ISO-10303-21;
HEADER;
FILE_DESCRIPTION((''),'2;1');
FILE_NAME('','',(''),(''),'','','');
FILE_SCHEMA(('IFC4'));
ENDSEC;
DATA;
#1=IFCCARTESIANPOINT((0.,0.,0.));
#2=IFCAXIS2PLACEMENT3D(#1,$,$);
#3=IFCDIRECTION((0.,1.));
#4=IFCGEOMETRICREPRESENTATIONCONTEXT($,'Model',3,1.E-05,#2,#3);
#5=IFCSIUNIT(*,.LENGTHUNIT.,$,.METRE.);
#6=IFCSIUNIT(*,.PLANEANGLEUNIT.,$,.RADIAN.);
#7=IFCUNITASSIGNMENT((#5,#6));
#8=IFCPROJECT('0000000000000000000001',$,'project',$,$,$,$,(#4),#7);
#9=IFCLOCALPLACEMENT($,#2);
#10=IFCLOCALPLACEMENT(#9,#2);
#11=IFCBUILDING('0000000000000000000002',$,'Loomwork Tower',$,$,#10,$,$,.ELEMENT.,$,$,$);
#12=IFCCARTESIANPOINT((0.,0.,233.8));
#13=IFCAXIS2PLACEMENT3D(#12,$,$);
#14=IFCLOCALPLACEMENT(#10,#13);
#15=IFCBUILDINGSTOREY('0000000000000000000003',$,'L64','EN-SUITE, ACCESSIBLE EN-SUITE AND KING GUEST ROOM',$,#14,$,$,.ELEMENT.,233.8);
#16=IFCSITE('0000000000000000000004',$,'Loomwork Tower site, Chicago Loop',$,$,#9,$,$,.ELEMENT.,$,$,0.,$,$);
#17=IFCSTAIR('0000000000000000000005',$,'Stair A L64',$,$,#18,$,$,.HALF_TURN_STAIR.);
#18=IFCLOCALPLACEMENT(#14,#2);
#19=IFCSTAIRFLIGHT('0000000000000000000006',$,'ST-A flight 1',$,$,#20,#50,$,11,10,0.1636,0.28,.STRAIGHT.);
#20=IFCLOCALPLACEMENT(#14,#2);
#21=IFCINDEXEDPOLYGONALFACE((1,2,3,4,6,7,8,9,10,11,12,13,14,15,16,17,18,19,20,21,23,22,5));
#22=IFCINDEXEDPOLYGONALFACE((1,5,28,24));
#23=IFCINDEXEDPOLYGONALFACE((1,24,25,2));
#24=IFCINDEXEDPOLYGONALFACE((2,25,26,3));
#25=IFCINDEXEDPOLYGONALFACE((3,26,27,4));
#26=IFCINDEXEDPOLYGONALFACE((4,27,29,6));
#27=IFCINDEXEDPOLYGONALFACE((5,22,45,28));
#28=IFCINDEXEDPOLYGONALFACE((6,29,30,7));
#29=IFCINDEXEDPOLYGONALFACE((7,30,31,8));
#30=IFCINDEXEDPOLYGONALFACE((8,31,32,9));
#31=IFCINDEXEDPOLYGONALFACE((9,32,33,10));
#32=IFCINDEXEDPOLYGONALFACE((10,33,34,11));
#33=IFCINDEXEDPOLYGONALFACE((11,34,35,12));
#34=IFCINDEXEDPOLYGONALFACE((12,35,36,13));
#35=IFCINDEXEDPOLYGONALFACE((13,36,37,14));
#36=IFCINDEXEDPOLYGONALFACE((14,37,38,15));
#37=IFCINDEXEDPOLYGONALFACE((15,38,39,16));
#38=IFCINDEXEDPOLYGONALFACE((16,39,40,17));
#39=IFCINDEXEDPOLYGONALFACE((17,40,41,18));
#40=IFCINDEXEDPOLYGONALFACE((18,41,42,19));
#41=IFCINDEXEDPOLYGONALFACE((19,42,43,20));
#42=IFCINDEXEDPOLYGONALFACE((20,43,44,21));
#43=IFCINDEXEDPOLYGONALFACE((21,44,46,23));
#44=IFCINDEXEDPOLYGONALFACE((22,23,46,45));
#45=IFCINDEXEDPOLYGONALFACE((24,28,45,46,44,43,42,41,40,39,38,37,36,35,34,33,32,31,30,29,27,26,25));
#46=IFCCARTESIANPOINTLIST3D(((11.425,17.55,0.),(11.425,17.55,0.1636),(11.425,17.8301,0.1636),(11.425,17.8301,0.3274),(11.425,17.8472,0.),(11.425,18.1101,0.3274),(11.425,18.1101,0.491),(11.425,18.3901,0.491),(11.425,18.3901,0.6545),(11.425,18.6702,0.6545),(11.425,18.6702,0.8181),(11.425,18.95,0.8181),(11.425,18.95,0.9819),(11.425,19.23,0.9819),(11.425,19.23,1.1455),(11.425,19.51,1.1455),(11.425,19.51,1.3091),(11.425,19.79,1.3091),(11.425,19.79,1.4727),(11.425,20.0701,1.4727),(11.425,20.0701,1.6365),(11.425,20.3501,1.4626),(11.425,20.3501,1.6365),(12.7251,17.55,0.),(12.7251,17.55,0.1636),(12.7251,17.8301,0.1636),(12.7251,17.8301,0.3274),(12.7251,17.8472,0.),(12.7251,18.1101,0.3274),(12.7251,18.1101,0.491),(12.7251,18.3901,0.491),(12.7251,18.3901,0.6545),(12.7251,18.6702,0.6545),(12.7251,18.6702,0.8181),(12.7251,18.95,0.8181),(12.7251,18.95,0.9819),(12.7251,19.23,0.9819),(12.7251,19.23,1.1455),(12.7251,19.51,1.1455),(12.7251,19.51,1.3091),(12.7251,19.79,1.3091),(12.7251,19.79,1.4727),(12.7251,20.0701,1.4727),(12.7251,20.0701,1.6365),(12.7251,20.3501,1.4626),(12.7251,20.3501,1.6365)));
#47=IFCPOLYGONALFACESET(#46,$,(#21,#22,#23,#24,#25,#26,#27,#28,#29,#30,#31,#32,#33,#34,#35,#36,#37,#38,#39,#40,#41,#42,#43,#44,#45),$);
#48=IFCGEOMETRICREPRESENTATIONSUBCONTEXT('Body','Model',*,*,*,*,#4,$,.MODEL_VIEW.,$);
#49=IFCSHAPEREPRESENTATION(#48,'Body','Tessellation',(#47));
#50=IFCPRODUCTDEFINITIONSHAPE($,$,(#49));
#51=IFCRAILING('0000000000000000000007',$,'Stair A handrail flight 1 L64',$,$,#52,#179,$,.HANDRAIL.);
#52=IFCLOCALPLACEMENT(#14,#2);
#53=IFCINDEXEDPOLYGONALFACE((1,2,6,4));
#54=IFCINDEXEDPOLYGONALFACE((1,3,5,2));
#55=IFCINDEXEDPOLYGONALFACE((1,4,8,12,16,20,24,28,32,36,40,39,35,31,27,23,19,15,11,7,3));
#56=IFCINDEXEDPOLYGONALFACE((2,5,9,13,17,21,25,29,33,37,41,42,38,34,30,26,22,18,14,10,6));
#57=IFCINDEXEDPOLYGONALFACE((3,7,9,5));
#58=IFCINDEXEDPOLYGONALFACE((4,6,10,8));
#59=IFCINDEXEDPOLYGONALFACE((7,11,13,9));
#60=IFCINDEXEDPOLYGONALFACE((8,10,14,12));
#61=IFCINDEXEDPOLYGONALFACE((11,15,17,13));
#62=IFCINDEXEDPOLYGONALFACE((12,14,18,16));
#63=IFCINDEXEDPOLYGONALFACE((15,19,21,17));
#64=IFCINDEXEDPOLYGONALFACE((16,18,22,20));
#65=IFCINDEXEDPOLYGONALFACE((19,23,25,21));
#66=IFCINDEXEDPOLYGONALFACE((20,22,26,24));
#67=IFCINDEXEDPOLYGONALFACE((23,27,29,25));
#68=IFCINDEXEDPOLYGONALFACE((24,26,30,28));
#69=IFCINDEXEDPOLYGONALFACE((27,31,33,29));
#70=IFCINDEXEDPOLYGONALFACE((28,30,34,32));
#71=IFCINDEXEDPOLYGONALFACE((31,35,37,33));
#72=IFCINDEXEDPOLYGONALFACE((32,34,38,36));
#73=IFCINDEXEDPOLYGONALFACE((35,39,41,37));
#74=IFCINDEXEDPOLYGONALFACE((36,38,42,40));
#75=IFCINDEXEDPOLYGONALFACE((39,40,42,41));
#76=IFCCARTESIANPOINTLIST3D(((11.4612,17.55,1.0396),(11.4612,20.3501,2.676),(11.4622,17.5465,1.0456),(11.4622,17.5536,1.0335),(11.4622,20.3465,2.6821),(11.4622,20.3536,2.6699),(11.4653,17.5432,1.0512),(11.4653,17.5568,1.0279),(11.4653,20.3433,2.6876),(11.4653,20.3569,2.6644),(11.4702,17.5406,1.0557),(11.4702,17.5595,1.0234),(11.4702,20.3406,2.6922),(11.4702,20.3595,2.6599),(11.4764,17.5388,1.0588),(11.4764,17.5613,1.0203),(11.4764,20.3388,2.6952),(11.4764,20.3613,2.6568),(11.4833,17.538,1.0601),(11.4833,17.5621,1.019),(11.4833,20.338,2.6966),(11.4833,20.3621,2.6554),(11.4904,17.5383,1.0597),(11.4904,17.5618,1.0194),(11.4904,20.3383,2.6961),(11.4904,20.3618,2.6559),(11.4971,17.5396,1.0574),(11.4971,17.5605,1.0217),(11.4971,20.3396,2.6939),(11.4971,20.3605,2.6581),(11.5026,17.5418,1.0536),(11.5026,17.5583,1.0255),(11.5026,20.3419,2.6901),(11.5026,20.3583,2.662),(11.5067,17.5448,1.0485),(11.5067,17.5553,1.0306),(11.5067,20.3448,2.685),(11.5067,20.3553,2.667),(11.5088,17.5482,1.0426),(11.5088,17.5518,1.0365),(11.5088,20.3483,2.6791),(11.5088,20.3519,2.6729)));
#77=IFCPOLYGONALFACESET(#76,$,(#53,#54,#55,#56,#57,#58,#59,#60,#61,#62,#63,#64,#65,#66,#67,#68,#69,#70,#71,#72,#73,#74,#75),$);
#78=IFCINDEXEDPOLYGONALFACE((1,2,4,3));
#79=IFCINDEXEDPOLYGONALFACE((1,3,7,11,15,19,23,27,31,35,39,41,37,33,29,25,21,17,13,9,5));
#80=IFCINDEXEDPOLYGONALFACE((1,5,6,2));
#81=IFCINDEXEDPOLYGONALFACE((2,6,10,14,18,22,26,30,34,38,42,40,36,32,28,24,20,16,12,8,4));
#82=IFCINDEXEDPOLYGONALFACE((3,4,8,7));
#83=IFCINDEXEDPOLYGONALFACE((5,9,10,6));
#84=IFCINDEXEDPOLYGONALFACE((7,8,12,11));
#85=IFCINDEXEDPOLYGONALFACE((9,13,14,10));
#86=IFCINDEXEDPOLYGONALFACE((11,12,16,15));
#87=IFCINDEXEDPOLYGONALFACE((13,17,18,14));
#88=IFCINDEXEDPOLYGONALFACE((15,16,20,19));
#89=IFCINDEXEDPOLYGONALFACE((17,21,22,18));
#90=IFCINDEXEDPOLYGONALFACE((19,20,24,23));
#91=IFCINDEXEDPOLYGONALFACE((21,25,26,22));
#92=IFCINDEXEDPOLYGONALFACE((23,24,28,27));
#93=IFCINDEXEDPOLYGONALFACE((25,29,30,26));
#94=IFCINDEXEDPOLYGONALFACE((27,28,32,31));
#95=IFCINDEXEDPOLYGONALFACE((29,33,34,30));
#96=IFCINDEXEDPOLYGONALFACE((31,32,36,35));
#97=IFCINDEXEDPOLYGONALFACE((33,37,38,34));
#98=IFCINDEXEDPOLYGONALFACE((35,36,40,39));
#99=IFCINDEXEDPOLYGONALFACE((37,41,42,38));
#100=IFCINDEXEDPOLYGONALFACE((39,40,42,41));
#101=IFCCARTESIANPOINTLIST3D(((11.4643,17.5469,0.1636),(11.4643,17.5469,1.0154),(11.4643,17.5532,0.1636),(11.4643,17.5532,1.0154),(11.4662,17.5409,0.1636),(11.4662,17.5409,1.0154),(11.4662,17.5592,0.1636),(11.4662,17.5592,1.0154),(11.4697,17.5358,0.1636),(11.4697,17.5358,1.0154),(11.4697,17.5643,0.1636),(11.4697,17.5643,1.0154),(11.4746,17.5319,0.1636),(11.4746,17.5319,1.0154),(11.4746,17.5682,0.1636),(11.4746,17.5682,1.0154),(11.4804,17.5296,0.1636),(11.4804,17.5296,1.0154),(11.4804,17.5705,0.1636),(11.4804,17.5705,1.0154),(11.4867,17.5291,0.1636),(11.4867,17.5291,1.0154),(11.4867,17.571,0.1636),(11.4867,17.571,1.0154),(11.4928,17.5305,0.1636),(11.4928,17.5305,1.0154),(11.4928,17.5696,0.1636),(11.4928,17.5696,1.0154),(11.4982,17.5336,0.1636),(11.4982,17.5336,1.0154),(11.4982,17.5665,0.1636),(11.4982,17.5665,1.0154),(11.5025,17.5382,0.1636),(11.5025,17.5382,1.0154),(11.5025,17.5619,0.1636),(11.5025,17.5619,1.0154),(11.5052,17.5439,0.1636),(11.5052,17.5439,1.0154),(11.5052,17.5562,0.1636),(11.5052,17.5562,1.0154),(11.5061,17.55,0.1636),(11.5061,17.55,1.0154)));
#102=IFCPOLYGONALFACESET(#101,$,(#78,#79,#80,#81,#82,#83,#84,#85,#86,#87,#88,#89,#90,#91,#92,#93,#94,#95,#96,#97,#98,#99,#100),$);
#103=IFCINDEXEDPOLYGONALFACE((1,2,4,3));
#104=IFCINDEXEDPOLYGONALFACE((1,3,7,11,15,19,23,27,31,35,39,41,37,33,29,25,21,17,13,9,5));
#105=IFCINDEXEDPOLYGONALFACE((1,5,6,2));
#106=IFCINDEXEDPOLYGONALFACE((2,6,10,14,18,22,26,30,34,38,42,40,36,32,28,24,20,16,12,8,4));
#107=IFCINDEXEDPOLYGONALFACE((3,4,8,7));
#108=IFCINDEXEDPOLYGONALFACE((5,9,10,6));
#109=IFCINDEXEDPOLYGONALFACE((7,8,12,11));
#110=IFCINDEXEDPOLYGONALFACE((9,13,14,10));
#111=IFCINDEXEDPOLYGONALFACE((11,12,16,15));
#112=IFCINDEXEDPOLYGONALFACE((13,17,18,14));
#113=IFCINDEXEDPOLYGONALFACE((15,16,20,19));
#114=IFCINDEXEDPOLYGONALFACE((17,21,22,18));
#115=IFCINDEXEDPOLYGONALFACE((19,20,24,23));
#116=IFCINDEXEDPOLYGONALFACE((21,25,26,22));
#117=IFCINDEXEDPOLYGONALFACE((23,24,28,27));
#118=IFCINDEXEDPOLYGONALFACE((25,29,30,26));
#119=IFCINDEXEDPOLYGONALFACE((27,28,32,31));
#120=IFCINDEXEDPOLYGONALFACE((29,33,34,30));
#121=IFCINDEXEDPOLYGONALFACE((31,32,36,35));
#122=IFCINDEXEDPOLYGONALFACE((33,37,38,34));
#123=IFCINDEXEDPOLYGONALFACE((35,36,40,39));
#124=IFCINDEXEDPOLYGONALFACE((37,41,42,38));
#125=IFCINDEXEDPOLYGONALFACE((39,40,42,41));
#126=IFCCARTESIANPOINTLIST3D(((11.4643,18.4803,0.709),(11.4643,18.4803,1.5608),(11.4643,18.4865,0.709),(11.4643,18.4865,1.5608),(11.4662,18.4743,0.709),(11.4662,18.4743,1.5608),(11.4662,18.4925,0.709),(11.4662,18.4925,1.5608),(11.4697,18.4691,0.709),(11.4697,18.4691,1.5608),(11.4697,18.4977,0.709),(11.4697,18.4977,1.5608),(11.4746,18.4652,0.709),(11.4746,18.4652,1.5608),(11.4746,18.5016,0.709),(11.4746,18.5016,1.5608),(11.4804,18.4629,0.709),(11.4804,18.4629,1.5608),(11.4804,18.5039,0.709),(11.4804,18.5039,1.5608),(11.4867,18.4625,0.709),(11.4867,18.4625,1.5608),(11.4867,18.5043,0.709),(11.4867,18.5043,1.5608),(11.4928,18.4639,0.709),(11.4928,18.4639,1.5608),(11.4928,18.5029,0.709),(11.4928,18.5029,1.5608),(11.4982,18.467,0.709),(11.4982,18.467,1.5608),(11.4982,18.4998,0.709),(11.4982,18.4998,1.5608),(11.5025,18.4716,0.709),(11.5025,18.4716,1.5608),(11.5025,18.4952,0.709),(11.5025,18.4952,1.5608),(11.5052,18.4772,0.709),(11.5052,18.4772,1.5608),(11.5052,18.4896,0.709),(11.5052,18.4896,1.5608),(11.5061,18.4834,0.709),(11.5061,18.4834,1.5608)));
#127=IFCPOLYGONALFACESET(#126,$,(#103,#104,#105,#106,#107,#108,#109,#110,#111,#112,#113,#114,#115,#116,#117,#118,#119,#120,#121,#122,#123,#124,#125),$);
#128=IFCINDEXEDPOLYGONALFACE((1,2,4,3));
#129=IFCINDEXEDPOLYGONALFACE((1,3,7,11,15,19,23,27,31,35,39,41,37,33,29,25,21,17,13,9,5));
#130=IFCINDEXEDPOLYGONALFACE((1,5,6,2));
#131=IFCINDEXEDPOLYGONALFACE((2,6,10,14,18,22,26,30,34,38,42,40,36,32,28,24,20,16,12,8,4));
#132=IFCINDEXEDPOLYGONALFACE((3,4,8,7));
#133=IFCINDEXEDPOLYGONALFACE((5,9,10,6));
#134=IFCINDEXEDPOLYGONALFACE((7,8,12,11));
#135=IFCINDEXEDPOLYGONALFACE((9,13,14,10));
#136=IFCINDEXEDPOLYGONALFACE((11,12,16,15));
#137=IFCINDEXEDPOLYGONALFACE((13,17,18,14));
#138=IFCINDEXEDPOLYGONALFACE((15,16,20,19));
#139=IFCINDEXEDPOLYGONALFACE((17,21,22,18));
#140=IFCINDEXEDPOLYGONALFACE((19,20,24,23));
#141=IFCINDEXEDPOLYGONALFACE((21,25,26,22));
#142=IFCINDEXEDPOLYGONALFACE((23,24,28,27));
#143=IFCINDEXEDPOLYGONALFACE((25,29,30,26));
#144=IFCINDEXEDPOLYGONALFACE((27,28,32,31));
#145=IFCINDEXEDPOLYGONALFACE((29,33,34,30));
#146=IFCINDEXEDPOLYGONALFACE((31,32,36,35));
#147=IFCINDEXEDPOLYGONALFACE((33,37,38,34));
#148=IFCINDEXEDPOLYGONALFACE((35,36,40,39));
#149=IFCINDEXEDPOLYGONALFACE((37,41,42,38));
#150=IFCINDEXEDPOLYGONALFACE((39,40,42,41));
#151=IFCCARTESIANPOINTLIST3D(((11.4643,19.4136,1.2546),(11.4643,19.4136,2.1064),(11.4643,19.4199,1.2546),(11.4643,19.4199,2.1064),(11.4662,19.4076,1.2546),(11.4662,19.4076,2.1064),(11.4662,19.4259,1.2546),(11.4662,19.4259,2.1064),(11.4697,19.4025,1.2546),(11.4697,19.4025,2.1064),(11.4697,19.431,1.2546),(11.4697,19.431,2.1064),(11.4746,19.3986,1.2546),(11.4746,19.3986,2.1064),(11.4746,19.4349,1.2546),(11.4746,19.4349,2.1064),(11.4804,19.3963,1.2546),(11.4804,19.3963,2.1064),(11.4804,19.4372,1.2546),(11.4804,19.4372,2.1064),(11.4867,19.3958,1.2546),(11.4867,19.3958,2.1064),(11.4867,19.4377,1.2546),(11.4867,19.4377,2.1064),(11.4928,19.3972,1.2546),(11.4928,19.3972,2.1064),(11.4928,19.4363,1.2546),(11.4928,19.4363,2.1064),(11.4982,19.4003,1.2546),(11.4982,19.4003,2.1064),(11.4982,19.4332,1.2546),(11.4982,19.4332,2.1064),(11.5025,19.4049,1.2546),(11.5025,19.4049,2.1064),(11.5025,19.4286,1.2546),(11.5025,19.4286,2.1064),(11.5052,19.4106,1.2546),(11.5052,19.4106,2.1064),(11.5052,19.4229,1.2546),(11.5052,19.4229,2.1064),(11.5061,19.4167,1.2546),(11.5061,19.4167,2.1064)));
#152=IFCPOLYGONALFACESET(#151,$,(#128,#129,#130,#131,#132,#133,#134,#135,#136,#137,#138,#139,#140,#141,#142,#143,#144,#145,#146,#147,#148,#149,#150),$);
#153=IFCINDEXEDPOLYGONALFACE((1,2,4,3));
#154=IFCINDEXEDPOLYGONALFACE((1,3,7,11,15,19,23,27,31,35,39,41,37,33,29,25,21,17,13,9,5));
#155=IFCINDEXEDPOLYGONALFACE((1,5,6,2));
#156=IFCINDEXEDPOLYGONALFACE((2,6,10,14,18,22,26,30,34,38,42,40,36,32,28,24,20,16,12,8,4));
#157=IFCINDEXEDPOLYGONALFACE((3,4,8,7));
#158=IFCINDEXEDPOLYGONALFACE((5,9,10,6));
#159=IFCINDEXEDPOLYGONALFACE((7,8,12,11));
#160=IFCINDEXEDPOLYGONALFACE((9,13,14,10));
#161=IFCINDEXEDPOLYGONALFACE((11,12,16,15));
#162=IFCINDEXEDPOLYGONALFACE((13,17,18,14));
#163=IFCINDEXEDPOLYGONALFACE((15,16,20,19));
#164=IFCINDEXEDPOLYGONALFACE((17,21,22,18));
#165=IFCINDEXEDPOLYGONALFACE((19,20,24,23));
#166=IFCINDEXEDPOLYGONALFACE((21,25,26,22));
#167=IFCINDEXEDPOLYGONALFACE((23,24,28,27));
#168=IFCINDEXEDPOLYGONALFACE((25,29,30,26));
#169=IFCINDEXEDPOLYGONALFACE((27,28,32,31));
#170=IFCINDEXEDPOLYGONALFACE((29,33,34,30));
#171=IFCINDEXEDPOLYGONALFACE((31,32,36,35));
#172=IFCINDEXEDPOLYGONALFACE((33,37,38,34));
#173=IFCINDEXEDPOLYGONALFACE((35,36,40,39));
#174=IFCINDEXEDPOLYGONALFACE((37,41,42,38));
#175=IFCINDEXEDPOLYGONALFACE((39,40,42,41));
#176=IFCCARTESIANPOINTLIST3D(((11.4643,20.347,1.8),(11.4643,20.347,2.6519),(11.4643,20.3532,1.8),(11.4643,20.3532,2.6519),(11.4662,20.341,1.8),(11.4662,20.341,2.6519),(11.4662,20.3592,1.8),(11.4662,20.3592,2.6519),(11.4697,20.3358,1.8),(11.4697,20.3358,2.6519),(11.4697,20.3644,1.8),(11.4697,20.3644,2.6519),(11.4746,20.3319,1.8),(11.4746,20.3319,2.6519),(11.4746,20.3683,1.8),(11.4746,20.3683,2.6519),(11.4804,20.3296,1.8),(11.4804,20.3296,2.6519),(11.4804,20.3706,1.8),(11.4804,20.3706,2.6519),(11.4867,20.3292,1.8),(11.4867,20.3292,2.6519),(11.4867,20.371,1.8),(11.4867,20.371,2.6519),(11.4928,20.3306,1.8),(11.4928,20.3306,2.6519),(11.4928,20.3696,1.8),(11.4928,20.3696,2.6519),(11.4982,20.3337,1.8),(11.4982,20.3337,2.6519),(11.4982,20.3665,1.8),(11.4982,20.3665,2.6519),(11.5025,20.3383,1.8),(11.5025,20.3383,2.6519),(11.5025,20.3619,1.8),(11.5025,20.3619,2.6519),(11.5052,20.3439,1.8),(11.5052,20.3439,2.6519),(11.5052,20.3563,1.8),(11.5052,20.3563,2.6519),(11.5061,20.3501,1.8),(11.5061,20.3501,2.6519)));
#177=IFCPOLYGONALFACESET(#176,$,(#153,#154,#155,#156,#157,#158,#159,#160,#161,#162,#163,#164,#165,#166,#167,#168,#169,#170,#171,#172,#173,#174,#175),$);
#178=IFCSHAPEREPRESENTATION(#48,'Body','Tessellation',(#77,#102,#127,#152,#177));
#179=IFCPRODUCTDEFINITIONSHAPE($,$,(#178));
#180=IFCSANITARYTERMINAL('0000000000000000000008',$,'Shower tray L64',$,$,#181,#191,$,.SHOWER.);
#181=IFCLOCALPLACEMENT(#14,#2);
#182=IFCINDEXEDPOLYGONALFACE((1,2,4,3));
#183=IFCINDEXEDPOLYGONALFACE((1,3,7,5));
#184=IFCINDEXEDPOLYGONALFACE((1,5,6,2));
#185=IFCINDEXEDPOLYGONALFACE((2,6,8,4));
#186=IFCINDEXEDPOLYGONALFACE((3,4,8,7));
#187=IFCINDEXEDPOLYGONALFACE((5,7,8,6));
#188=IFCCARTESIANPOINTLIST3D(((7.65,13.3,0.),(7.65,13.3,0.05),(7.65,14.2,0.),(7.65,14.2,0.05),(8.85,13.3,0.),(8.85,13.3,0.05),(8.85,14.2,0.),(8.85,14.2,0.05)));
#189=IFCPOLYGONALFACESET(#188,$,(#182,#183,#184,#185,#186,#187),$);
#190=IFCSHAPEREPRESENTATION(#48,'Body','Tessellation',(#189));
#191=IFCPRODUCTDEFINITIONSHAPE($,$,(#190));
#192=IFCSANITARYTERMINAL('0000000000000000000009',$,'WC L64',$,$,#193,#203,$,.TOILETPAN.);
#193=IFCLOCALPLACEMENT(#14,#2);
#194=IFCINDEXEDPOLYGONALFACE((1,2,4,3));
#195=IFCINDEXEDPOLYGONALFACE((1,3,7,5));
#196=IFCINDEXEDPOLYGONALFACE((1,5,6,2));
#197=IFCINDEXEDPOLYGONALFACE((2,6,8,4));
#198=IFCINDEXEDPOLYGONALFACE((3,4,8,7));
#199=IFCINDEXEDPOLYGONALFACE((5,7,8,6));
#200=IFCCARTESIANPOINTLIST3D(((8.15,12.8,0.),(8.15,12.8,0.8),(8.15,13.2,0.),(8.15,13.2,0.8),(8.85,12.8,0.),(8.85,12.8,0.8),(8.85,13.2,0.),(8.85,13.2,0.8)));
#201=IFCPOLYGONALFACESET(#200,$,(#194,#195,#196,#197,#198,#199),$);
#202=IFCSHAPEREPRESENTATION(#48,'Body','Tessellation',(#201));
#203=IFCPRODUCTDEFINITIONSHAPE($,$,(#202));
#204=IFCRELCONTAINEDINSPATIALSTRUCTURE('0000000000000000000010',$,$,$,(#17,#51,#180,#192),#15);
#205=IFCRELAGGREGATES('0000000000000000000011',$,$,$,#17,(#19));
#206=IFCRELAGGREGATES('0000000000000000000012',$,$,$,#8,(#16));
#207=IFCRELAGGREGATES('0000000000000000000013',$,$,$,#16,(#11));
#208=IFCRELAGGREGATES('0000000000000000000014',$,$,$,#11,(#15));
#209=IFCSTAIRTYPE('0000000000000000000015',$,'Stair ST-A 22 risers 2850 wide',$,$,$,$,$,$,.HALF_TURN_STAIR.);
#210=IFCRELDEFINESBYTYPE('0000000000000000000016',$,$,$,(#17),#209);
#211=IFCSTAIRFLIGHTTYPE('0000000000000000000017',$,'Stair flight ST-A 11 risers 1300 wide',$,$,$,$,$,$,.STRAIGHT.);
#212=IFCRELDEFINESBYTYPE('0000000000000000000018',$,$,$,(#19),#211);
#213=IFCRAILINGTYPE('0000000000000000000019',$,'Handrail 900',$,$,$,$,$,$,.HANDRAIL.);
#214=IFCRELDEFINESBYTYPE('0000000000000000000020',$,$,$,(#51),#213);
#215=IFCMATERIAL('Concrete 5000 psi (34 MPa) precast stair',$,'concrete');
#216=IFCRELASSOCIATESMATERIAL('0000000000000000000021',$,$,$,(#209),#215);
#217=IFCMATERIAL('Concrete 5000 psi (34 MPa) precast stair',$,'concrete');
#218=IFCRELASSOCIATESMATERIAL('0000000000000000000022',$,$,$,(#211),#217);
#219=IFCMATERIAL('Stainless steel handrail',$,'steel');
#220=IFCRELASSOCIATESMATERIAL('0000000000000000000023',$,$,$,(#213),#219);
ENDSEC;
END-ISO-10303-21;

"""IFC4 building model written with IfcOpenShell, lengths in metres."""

from ifc_helpers import new_model, si_unit, direction, frame, origin, origin_2d, place, context, subcontext, project, spatial, polyline, rectangle, circle, outline, extrude, material, type_object, element, aggregate, save


model = new_model("IFC4")

# Units and contexts
model_context = context("Model", 3, precision=1e-05, world=origin(), true_north=direction((0.0, 1.0)))
body_context = subcontext(model_context, "Body", "Model", "MODEL_VIEW")
ifc_project = project(units=[si_unit("LENGTHUNIT", "METRE"), si_unit("PLANEANGLEUNIT", "RADIAN")], contexts=[model_context])

# Site, building, storey
site_placement = place(None, origin())
site = spatial("IfcSite", under=ifc_project, at=site_placement, Name="Loomwork Tower site, Chicago Loop", CompositionType="ELEMENT", RefElevation=0.0)
building_placement = place(site_placement, origin())
building = spatial("IfcBuilding", under=site, at=building_placement, Name="Loomwork Tower", CompositionType="ELEMENT")
storey_placement = place(building_placement, frame((0.0, 0.0, 233.8)))
storey = spatial("IfcBuildingStorey", under=building, at=storey_placement, Name="L64", Description="EN-SUITE, ACCESSIBLE EN-SUITE AND KING GUEST ROOM", CompositionType="ELEMENT", Elevation=233.8)

# Stair, stair flight
ifc_material_1 = material(Name="Concrete 5000 psi (34 MPa) precast stair", Category="concrete")
stair_type = type_object("IfcStairType", Name="Stair ST-A 22 risers 2850 wide", PredefinedType="HALF_TURN_STAIR", material=ifc_material_1)
stair_placement = place(storey_placement, origin())
stair = element("IfcStair", 1, at=stair_placement, inside=storey, type_object=stair_type, Name="Stair A L64", PredefinedType="HALF_TURN_STAIR")
ifc_material_2 = material(Name="Concrete 5000 psi (34 MPa) precast stair", Category="concrete")
stair_flight_type = type_object("IfcStairFlightType", Name="Stair flight ST-A 11 risers 1300 wide", PredefinedType="STRAIGHT", material=ifc_material_2)
stair_flight_placement = place(storey_placement, frame((12.075, 17.55, 0.0), z_axis=(0.0, 0.0, 1.0), x_axis=(0.0, 1.0, 0.0)))
stair_flight = element("IfcStairFlight", 2, at=stair_flight_placement, type_object=stair_flight_type, Name="ST-A flight 1", NumberOfRisers=11, NumberOfTreads=10, PredefinedType="STRAIGHT", RiserHeight=0.1636, TreadLength=0.28, context=body_context, shape_type="SweptSolid", body=[
    extrude(outline(polyline([(0.0, 0.0), (0.0, 0.1636), (0.28, 0.1636), (0.28, 0.3274), (0.5601, 0.3274), (0.5601, 0.491), (0.8401, 0.491), (0.8401, 0.6545), (1.1201, 0.6545), (1.1201, 0.8181), (1.3999, 0.8181), (1.3999, 0.9819), (1.6799, 0.9819), (1.6799, 1.1455), (1.96, 1.1455), (1.96, 1.3091), (2.24, 1.3091), (2.24, 1.4727), (2.52, 1.4727), (2.52, 1.6365), (2.8, 1.6365), (2.8, 1.8), (2.8, 1.4626), (0.2971, 0.0), (0.0, 0.0)])), frame((0.0, 0.6499, 0.0), z_axis=(0.0, -1.0, 0.0), x_axis=(1.0, 0.0, 0.0)), (0.0, 0.0, 1.0), 1.3),
])
aggregate(stair, [stair_flight])

# Railing
ifc_material_3 = material(Name="Stainless steel handrail", Category="steel")
railing_type = type_object("IfcRailingType", Name="Handrail 900", PredefinedType="HANDRAIL", material=ifc_material_3)
railing_placement = place(storey_placement, frame((11.4851, 17.55, 0.1636)))
element("IfcRailing", 3, at=railing_placement, inside=storey, type_object=railing_type, Name="Stair A handrail flight 1 L64", PredefinedType="HANDRAIL", context=body_context, shape_type="SweptSolid", body=[
    extrude(circle(Radius=0.0239, at=origin_2d()), frame((0.0, 0.0, 0.876), z_axis=(0.0, 0.863361, 0.504587), x_axis=(-1.0, 0.0, 0.0)), (0.0, 0.0, 1.0), 3.2432),
    extrude(circle(Radius=0.021, at=origin_2d()), origin(), (0.0, 0.0, 1.0), 0.8518),
    extrude(circle(Radius=0.021, at=origin_2d()), frame((0.0, 0.9333, 0.5454)), (0.0, 0.0, 1.0), 0.8518),
    extrude(circle(Radius=0.021, at=origin_2d()), frame((0.0, 1.8667, 1.0911)), (0.0, 0.0, 1.0), 0.8518),
    extrude(circle(Radius=0.021, at=origin_2d()), frame((0.0, 2.8, 1.6365)), (0.0, 0.0, 1.0), 0.8518),
])

# Sanitary terminals
sanitary_terminal_1_placement = place(storey_placement, frame((8.25, 13.75, 0.0), z_axis=(0.0, 0.0, 1.0), x_axis=(1.0, 0.0, 0.0)))
element("IfcSanitaryTerminal", 4, at=sanitary_terminal_1_placement, inside=storey, Name="Shower tray L64", PredefinedType="SHOWER", context=body_context, shape_type="SweptSolid", body=[
    extrude(rectangle(XDim=1.2, YDim=0.8999, at=origin_2d()), origin(), (0.0, 0.0, 1.0), 0.05),
])
sanitary_terminal_2_placement = place(storey_placement, frame((8.5, 13.0, 0.0), z_axis=(0.0, 0.0, 1.0), x_axis=(1.0, 0.0, 0.0)))
element("IfcSanitaryTerminal", 5, at=sanitary_terminal_2_placement, inside=storey, Name="WC L64", PredefinedType="TOILETPAN", context=body_context, shape_type="SweptSolid", body=[
    extrude(rectangle(XDim=0.7, YDim=0.3999, at=origin_2d()), origin(), (0.0, 0.0, 1.0), 0.8),
])

save(model, "model.ifc")
